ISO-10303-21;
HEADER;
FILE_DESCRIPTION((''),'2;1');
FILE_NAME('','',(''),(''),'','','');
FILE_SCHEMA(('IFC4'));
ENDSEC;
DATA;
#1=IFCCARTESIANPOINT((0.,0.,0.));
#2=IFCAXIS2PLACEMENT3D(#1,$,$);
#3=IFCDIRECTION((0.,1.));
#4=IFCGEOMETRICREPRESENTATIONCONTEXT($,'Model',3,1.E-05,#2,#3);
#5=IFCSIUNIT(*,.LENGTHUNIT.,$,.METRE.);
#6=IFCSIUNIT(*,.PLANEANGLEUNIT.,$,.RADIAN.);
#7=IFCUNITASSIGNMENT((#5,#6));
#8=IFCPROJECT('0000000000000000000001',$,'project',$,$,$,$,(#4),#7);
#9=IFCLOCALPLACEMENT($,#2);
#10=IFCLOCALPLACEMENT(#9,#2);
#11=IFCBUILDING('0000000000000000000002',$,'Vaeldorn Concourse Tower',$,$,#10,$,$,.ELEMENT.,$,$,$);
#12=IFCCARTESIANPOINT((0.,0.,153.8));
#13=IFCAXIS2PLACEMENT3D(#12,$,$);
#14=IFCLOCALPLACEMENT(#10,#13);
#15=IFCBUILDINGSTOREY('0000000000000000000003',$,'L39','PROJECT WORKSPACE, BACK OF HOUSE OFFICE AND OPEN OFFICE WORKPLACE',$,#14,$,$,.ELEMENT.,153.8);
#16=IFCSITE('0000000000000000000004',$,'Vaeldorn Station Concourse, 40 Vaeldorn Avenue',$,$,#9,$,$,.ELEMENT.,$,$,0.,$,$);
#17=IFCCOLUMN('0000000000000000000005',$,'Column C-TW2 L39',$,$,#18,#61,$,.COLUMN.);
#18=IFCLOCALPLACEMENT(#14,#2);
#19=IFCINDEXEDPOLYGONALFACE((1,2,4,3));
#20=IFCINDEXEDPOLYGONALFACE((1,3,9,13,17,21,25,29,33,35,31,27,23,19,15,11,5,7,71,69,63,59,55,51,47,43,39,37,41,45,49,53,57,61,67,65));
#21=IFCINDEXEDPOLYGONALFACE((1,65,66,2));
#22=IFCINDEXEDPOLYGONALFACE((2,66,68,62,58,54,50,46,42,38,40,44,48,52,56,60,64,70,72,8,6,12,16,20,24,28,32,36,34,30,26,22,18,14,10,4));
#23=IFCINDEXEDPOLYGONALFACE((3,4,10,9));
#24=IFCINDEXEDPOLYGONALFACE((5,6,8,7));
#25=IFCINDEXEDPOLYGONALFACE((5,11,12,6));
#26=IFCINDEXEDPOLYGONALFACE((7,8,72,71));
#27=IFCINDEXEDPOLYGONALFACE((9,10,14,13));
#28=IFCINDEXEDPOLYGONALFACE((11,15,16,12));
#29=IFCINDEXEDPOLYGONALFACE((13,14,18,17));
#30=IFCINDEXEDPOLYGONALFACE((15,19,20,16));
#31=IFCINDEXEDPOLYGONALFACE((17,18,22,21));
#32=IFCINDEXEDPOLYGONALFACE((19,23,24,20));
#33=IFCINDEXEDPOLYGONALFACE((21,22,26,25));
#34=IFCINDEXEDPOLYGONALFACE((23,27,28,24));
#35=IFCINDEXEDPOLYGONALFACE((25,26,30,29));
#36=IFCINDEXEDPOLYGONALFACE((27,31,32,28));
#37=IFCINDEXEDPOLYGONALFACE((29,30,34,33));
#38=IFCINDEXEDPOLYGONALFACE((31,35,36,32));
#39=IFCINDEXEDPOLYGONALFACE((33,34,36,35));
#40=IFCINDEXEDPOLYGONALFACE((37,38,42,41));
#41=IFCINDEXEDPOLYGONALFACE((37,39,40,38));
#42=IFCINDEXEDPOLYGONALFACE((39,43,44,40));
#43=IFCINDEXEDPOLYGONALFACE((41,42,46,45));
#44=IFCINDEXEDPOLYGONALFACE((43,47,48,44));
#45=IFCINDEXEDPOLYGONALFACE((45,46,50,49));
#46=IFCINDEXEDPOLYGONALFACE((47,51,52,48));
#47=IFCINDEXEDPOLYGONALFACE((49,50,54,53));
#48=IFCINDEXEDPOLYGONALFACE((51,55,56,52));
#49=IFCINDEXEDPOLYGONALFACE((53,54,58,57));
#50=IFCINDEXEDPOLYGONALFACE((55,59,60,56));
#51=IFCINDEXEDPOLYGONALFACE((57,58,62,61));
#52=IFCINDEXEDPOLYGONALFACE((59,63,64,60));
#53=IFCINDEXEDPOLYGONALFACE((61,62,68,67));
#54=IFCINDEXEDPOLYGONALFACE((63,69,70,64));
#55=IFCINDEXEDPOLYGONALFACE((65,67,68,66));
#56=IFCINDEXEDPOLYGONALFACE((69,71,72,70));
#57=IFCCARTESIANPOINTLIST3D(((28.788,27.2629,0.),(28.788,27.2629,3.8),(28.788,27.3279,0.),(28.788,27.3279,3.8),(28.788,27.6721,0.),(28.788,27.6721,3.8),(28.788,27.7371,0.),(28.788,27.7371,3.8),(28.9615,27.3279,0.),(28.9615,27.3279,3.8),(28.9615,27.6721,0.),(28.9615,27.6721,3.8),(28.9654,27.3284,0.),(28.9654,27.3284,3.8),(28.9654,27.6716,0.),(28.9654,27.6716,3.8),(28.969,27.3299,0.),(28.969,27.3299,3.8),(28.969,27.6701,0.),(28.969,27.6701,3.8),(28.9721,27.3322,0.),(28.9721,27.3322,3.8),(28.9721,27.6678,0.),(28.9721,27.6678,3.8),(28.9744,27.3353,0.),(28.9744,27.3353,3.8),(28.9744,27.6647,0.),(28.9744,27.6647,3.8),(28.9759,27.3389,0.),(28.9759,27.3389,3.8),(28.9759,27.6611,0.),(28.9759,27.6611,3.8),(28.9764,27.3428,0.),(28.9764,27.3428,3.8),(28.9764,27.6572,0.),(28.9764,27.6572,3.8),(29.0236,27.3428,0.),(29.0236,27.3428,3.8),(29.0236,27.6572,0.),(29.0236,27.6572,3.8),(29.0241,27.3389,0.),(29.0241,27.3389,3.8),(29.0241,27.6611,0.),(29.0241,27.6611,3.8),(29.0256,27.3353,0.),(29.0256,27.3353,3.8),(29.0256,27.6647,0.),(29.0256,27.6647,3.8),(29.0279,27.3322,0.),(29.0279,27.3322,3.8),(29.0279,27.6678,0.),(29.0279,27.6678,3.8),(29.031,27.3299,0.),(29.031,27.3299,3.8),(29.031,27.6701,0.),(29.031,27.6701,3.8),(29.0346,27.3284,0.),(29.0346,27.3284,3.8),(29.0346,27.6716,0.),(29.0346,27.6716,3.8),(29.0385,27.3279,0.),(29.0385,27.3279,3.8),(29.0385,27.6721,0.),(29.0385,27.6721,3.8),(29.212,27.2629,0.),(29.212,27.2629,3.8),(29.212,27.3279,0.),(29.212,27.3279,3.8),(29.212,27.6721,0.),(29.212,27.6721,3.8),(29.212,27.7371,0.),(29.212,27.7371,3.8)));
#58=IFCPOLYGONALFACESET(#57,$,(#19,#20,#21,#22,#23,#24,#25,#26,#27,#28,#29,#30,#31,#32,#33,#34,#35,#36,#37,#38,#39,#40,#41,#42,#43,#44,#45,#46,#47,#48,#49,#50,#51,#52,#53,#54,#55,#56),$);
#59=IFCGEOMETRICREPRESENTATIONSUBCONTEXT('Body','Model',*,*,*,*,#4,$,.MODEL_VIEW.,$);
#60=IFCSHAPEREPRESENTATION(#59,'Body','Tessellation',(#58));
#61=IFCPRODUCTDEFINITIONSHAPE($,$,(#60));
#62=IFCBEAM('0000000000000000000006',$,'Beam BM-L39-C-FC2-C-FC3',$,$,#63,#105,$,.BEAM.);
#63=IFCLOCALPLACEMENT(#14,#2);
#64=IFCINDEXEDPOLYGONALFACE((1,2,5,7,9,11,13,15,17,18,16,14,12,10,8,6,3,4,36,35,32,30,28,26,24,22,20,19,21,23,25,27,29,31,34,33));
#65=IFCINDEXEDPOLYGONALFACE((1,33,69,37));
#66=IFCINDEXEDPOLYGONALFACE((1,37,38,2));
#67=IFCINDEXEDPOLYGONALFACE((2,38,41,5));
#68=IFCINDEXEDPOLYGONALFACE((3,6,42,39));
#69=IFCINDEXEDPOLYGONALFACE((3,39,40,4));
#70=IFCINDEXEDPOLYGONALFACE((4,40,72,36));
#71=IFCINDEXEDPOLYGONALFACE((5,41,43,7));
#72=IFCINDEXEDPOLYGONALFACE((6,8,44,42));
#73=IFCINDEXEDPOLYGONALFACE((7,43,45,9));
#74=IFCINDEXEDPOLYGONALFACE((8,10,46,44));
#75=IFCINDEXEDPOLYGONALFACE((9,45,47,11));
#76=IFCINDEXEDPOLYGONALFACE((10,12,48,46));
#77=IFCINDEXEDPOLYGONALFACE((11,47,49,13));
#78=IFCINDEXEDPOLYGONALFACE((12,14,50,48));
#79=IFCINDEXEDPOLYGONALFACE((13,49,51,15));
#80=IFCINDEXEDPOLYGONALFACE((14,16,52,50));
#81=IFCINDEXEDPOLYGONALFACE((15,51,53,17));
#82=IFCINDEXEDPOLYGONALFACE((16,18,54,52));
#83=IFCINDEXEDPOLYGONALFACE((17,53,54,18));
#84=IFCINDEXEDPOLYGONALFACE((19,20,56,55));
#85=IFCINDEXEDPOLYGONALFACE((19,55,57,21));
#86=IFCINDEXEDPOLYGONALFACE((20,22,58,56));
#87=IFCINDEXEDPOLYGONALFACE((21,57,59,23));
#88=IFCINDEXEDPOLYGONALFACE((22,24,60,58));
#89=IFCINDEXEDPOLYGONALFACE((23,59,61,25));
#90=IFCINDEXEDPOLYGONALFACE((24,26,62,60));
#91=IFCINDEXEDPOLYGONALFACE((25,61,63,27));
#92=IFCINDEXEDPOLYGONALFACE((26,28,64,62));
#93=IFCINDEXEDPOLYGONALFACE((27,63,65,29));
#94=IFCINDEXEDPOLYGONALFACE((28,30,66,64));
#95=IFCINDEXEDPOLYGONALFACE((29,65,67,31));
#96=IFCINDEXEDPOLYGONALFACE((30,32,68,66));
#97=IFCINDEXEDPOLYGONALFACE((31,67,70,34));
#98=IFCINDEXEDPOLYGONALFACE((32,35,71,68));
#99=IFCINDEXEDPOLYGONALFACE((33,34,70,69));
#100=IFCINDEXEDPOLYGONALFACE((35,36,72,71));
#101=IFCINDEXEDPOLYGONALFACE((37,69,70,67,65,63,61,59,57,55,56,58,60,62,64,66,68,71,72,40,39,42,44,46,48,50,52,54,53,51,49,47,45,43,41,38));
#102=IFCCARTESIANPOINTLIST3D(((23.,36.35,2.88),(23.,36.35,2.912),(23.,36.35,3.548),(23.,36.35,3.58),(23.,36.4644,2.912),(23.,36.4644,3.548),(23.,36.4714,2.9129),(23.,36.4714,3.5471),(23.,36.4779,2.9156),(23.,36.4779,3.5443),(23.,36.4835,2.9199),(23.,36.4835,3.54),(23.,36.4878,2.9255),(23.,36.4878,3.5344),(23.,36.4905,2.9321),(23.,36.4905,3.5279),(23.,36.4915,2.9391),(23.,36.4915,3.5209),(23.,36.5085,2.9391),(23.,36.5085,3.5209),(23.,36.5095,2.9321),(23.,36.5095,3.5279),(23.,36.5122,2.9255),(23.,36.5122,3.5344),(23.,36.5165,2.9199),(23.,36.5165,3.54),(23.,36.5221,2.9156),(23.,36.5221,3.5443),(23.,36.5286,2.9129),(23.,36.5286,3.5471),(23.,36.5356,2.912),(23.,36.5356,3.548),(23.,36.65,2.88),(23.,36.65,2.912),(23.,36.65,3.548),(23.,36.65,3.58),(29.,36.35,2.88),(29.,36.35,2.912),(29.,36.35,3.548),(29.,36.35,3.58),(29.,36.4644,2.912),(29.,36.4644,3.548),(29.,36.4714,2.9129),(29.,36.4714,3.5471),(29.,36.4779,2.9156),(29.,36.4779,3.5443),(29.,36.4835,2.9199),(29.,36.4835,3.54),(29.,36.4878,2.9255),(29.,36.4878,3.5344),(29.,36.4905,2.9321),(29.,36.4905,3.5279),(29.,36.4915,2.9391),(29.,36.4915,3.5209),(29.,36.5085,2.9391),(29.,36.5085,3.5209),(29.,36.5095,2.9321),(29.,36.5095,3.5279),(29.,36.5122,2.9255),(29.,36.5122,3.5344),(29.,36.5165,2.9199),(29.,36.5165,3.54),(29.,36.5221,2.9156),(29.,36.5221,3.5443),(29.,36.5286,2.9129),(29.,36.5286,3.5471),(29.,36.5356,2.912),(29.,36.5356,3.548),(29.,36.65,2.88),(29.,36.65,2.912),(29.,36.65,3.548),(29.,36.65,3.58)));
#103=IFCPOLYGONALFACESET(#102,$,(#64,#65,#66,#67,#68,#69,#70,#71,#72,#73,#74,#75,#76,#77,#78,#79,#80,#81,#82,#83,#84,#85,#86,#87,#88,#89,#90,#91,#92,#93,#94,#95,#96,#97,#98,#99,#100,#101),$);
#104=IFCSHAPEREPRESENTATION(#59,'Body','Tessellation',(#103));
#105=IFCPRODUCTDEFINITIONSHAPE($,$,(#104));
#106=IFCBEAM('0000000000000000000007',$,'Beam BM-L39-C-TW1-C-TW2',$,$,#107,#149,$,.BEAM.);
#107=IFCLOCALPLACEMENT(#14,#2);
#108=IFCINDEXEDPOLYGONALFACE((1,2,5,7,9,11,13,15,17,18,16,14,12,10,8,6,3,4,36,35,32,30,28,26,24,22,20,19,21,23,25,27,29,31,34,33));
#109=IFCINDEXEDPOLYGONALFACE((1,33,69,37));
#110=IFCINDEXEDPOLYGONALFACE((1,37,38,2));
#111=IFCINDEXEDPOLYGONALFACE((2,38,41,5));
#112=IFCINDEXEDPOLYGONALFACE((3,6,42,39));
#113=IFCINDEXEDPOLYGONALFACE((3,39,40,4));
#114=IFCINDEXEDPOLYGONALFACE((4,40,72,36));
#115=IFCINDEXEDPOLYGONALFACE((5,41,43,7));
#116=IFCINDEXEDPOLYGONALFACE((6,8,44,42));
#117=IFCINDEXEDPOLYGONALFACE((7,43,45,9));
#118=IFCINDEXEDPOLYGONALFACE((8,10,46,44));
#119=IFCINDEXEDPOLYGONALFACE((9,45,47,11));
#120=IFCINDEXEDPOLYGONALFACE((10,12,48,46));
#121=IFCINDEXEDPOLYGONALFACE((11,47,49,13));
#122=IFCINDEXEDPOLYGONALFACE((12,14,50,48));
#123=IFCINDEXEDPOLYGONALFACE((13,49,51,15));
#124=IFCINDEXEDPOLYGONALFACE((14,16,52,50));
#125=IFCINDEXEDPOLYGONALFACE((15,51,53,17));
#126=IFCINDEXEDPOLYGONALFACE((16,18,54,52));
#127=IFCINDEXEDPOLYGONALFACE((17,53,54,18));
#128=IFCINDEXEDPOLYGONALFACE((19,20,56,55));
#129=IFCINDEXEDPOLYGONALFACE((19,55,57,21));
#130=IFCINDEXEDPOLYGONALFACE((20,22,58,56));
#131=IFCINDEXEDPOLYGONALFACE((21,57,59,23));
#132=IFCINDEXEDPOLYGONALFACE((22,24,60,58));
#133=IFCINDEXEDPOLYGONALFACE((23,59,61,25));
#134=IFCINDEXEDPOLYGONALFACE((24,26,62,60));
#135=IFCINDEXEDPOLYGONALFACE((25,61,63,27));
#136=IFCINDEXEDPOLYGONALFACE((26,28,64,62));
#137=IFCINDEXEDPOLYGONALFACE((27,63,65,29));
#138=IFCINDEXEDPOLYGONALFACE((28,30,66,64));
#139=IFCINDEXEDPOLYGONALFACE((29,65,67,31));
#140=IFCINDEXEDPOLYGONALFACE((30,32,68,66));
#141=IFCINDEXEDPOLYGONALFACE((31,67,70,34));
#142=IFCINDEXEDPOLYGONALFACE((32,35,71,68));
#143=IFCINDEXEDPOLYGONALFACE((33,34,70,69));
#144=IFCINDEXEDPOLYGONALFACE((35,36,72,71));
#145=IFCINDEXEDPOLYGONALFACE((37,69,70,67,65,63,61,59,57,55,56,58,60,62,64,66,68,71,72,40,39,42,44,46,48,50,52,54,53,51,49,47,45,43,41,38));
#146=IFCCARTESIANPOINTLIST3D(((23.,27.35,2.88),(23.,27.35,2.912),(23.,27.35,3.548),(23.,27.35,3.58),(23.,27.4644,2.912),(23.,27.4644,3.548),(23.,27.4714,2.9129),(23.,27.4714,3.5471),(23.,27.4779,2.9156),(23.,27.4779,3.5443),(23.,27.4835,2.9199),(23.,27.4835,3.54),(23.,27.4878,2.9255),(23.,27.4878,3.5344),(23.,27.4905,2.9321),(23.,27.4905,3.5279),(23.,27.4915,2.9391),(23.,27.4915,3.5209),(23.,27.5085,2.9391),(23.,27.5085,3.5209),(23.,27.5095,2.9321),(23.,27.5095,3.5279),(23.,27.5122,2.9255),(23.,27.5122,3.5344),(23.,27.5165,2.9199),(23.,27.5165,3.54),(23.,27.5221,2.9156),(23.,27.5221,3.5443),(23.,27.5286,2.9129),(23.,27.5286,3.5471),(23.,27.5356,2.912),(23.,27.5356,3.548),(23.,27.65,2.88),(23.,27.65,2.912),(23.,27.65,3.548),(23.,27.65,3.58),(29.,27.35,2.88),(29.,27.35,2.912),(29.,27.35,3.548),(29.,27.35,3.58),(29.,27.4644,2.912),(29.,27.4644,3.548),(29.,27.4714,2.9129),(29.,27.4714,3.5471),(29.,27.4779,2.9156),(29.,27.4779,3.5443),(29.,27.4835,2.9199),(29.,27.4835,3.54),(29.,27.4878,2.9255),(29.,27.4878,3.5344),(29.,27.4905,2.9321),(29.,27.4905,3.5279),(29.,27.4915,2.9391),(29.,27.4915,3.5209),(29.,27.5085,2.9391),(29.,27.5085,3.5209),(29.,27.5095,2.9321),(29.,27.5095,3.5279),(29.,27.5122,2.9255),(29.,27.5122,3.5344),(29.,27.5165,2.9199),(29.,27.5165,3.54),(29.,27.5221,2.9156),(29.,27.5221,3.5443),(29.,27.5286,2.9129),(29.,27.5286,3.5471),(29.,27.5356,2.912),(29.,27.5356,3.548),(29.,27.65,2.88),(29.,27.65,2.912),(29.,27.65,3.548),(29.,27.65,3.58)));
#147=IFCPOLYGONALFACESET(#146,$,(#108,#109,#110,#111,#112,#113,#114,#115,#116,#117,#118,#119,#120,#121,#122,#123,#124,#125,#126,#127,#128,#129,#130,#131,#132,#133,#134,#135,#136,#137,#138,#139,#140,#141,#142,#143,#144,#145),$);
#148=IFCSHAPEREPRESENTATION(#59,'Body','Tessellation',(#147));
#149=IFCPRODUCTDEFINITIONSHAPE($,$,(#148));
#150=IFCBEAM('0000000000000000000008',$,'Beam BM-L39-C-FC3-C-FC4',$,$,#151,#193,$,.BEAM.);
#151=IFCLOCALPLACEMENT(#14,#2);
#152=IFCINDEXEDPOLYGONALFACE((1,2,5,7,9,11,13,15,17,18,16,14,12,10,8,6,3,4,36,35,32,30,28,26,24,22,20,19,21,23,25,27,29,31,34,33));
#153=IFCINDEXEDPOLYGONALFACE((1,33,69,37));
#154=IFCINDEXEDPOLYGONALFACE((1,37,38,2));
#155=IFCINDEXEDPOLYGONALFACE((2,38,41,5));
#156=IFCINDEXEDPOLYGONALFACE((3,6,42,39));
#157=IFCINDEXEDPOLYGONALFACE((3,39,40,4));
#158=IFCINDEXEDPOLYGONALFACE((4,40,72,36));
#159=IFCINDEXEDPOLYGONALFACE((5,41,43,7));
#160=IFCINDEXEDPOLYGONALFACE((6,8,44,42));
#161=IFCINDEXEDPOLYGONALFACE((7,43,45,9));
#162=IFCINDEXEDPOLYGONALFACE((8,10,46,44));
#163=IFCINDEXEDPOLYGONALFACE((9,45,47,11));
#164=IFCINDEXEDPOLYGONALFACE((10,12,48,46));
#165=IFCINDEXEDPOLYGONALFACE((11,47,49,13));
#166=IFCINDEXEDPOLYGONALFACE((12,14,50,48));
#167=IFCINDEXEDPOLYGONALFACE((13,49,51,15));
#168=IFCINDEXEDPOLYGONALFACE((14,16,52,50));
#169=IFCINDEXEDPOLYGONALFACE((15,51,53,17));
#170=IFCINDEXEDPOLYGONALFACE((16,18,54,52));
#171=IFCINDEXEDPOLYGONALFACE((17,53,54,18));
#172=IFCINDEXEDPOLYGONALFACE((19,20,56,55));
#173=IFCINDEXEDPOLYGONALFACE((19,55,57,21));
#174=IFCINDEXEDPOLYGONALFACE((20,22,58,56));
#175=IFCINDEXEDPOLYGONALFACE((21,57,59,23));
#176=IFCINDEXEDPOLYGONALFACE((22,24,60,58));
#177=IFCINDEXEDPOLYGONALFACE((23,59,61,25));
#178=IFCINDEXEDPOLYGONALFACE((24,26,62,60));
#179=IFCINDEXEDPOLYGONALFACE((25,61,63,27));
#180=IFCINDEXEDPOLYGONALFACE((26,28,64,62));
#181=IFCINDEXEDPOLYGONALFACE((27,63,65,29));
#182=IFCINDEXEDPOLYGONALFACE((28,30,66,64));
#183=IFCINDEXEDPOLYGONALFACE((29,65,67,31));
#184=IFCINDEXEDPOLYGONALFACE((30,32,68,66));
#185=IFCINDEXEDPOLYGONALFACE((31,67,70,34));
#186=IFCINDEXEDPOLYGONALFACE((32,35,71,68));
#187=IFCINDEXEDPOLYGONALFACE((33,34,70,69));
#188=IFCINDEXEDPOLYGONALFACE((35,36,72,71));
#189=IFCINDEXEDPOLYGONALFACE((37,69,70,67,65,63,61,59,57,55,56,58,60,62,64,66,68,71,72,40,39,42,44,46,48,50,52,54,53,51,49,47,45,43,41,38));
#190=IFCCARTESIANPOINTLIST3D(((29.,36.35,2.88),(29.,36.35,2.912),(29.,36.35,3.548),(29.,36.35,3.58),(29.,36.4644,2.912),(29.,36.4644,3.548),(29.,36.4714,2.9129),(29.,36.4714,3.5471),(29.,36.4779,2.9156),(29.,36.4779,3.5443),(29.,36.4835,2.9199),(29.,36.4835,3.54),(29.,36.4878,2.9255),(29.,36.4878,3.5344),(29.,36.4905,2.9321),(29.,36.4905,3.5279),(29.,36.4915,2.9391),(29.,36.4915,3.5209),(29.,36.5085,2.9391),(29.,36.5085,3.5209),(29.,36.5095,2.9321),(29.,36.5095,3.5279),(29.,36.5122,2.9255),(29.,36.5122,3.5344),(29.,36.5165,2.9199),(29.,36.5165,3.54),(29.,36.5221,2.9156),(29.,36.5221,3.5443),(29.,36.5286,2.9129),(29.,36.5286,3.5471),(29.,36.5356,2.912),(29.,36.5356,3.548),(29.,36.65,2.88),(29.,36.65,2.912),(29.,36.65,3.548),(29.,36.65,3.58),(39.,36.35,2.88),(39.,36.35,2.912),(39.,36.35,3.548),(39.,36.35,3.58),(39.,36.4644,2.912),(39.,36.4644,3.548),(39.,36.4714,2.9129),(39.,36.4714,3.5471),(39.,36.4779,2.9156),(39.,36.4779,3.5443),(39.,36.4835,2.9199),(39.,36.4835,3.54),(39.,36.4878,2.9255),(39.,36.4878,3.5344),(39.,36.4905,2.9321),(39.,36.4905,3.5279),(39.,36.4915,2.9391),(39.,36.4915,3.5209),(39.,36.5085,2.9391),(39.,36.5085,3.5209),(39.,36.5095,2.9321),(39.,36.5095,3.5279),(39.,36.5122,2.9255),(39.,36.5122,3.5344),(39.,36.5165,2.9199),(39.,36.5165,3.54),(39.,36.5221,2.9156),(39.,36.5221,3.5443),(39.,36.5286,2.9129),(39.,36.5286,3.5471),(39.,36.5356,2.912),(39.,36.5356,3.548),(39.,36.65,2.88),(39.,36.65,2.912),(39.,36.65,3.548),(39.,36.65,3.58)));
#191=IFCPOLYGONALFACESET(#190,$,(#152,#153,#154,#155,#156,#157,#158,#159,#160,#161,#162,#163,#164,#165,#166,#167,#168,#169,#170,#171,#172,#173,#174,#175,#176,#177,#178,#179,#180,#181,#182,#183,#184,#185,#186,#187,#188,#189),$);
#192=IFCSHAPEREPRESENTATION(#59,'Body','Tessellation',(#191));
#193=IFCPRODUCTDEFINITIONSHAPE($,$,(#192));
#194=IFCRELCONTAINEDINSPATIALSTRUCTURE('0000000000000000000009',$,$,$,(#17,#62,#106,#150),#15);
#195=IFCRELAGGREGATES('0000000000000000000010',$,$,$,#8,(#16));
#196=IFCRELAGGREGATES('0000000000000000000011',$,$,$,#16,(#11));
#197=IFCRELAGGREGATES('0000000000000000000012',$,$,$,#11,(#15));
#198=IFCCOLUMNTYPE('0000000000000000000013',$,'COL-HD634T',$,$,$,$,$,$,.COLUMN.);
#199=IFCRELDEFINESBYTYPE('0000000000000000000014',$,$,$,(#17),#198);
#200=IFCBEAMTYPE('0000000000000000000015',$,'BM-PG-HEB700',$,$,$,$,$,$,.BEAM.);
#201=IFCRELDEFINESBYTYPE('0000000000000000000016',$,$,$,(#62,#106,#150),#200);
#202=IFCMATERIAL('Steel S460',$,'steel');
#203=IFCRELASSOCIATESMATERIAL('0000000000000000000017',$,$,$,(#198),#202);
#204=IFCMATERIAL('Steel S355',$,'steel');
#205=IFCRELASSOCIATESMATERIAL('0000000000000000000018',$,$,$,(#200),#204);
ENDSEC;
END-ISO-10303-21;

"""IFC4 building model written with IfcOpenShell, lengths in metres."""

from ifc_helpers import new_model, si_unit, direction, frame, origin, origin_2d, place, context, subcontext, project, spatial, i_section, extrude, source, transform, mapped, material, material_profile, profile_set, type_object, element, save


model = new_model("IFC4")

# Units and contexts
model_context = context("Model", 3, precision=1e-05, world=origin(), true_north=direction((0.0, 1.0)))
body_context = subcontext(model_context, "Body", "Model", "MODEL_VIEW")
ifc_project = project(units=[si_unit("LENGTHUNIT", "METRE"), si_unit("PLANEANGLEUNIT", "RADIAN")], contexts=[model_context])

# Site, building, storey
site_placement = place(None, origin())
site = spatial("IfcSite", under=ifc_project, at=site_placement, Name="Vaeldorn Station Concourse, 40 Vaeldorn Avenue", CompositionType="ELEMENT", RefElevation=0.0)
building_placement = place(site_placement, origin())
building = spatial("IfcBuilding", under=site, at=building_placement, Name="Vaeldorn Concourse Tower", CompositionType="ELEMENT")
storey_placement = place(building_placement, frame((0.0, 0.0, 153.8)))
storey = spatial("IfcBuildingStorey", under=building, at=storey_placement, Name="L39", Description="PROJECT WORKSPACE, BACK OF HOUSE OFFICE AND OPEN OFFICE WORKPLACE", CompositionType="ELEMENT", Elevation=153.8)

# Column
ifc_material_1 = material(Name="Steel S460", Category="steel")
ifc_material_profile_1 = material_profile(ifc_material_1, i_section(OverallWidth=0.4241, OverallDepth=0.4741, WebThickness=0.0471, FlangeThickness=0.0649, FilletRadius=0.0149, at=origin_2d()), Name="HD 400x634")
ifc_profile_set_1 = profile_set([ifc_material_profile_1], Name="Steel S460")
column_type_1 = type_object("IfcColumnType", Name="COL-HD634T", PredefinedType="COLUMN", material=ifc_profile_set_1)
shared_shape_1 = source(origin(), body_context, "Body", "SweptSolid", [
    extrude(i_section(OverallWidth=0.4241, OverallDepth=0.4741, WebThickness=0.0471, FlangeThickness=0.0649, FilletRadius=0.0149, at=origin_2d()), origin(), (0.0, 0.0, 1.0), 3.8),
])
column_1_placement = place(storey_placement, frame((29.0, 27.5, 0.0), z_axis=(0.0, 0.0, 1.0), x_axis=(1.0, 0.0, 0.0)))
element("IfcColumn", 1, at=column_1_placement, inside=storey, type_object=column_type_1, Name="Column C-TW2 L39", PredefinedType="COLUMN", context=body_context, shape_type="MappedRepresentation", body=[
    mapped(shared_shape_1, transform((0.0, 0.0, 0.0), scale=1.0)),
])

# Beams
ifc_material_2 = material(Name="Steel S355", Category="steel")
ifc_material_profile_2 = material_profile(ifc_material_2, i_section(OverallWidth=0.3, OverallDepth=0.7, WebThickness=0.0171, FlangeThickness=0.032, FilletRadius=0.0271, at=origin_2d()), Name="HEB 700")
ifc_profile_set_2 = profile_set([ifc_material_profile_2], Name="Steel S355")
beam_type_1 = type_object("IfcBeamType", Name="BM-PG-HEB700", PredefinedType="BEAM", material=ifc_profile_set_2)
shared_shape_2 = source(origin(), body_context, "Body", "SweptSolid", [
    extrude(i_section(OverallWidth=0.3, OverallDepth=0.7, WebThickness=0.0171, FlangeThickness=0.032, FilletRadius=0.0271, at=origin_2d()), origin(), (0.0, 0.0, 1.0), 6.0),
])
for number, where, z_axis, x_axis, name in (
    (2, (23.0, 36.5, 3.23), (1.0, 0.0, 0.0), (0.0, 1.0, 0.0), "Beam BM-L39-C-FC2-C-FC3"),
    (3, (23.0, 27.5, 3.23), (1.0, 0.0, 0.0), (0.0, 1.0, 0.0), "Beam BM-L39-C-TW1-C-TW2"),
):
    element("IfcBeam", number, at=place(storey_placement, frame(where, z_axis=z_axis, x_axis=x_axis)), inside=storey, type_object=beam_type_1, Name=name, PredefinedType="BEAM", context=body_context, shape_type="MappedRepresentation", body=[
        mapped(shared_shape_2, transform((0.0, 0.0, 0.0), scale=1.0)),
    ])
shared_shape_3 = source(origin(), body_context, "Body", "SweptSolid", [
    extrude(i_section(OverallWidth=0.3, OverallDepth=0.7, WebThickness=0.0171, FlangeThickness=0.032, FilletRadius=0.0271, at=origin_2d()), origin(), (0.0, 0.0, 1.0), 10.0),
])
for number, where, z_axis, x_axis, name in (
    (4, (29.0, 36.5, 3.23), (1.0, 0.0, 0.0), (0.0, 1.0, 0.0), "Beam BM-L39-C-FC3-C-FC4"),
):
    element("IfcBeam", number, at=place(storey_placement, frame(where, z_axis=z_axis, x_axis=x_axis)), inside=storey, type_object=beam_type_1, Name=name, PredefinedType="BEAM", context=body_context, shape_type="MappedRepresentation", body=[
        mapped(shared_shape_3, transform((0.0, 0.0, 0.0), scale=1.0)),
    ])

save(model, "model.ifc")
